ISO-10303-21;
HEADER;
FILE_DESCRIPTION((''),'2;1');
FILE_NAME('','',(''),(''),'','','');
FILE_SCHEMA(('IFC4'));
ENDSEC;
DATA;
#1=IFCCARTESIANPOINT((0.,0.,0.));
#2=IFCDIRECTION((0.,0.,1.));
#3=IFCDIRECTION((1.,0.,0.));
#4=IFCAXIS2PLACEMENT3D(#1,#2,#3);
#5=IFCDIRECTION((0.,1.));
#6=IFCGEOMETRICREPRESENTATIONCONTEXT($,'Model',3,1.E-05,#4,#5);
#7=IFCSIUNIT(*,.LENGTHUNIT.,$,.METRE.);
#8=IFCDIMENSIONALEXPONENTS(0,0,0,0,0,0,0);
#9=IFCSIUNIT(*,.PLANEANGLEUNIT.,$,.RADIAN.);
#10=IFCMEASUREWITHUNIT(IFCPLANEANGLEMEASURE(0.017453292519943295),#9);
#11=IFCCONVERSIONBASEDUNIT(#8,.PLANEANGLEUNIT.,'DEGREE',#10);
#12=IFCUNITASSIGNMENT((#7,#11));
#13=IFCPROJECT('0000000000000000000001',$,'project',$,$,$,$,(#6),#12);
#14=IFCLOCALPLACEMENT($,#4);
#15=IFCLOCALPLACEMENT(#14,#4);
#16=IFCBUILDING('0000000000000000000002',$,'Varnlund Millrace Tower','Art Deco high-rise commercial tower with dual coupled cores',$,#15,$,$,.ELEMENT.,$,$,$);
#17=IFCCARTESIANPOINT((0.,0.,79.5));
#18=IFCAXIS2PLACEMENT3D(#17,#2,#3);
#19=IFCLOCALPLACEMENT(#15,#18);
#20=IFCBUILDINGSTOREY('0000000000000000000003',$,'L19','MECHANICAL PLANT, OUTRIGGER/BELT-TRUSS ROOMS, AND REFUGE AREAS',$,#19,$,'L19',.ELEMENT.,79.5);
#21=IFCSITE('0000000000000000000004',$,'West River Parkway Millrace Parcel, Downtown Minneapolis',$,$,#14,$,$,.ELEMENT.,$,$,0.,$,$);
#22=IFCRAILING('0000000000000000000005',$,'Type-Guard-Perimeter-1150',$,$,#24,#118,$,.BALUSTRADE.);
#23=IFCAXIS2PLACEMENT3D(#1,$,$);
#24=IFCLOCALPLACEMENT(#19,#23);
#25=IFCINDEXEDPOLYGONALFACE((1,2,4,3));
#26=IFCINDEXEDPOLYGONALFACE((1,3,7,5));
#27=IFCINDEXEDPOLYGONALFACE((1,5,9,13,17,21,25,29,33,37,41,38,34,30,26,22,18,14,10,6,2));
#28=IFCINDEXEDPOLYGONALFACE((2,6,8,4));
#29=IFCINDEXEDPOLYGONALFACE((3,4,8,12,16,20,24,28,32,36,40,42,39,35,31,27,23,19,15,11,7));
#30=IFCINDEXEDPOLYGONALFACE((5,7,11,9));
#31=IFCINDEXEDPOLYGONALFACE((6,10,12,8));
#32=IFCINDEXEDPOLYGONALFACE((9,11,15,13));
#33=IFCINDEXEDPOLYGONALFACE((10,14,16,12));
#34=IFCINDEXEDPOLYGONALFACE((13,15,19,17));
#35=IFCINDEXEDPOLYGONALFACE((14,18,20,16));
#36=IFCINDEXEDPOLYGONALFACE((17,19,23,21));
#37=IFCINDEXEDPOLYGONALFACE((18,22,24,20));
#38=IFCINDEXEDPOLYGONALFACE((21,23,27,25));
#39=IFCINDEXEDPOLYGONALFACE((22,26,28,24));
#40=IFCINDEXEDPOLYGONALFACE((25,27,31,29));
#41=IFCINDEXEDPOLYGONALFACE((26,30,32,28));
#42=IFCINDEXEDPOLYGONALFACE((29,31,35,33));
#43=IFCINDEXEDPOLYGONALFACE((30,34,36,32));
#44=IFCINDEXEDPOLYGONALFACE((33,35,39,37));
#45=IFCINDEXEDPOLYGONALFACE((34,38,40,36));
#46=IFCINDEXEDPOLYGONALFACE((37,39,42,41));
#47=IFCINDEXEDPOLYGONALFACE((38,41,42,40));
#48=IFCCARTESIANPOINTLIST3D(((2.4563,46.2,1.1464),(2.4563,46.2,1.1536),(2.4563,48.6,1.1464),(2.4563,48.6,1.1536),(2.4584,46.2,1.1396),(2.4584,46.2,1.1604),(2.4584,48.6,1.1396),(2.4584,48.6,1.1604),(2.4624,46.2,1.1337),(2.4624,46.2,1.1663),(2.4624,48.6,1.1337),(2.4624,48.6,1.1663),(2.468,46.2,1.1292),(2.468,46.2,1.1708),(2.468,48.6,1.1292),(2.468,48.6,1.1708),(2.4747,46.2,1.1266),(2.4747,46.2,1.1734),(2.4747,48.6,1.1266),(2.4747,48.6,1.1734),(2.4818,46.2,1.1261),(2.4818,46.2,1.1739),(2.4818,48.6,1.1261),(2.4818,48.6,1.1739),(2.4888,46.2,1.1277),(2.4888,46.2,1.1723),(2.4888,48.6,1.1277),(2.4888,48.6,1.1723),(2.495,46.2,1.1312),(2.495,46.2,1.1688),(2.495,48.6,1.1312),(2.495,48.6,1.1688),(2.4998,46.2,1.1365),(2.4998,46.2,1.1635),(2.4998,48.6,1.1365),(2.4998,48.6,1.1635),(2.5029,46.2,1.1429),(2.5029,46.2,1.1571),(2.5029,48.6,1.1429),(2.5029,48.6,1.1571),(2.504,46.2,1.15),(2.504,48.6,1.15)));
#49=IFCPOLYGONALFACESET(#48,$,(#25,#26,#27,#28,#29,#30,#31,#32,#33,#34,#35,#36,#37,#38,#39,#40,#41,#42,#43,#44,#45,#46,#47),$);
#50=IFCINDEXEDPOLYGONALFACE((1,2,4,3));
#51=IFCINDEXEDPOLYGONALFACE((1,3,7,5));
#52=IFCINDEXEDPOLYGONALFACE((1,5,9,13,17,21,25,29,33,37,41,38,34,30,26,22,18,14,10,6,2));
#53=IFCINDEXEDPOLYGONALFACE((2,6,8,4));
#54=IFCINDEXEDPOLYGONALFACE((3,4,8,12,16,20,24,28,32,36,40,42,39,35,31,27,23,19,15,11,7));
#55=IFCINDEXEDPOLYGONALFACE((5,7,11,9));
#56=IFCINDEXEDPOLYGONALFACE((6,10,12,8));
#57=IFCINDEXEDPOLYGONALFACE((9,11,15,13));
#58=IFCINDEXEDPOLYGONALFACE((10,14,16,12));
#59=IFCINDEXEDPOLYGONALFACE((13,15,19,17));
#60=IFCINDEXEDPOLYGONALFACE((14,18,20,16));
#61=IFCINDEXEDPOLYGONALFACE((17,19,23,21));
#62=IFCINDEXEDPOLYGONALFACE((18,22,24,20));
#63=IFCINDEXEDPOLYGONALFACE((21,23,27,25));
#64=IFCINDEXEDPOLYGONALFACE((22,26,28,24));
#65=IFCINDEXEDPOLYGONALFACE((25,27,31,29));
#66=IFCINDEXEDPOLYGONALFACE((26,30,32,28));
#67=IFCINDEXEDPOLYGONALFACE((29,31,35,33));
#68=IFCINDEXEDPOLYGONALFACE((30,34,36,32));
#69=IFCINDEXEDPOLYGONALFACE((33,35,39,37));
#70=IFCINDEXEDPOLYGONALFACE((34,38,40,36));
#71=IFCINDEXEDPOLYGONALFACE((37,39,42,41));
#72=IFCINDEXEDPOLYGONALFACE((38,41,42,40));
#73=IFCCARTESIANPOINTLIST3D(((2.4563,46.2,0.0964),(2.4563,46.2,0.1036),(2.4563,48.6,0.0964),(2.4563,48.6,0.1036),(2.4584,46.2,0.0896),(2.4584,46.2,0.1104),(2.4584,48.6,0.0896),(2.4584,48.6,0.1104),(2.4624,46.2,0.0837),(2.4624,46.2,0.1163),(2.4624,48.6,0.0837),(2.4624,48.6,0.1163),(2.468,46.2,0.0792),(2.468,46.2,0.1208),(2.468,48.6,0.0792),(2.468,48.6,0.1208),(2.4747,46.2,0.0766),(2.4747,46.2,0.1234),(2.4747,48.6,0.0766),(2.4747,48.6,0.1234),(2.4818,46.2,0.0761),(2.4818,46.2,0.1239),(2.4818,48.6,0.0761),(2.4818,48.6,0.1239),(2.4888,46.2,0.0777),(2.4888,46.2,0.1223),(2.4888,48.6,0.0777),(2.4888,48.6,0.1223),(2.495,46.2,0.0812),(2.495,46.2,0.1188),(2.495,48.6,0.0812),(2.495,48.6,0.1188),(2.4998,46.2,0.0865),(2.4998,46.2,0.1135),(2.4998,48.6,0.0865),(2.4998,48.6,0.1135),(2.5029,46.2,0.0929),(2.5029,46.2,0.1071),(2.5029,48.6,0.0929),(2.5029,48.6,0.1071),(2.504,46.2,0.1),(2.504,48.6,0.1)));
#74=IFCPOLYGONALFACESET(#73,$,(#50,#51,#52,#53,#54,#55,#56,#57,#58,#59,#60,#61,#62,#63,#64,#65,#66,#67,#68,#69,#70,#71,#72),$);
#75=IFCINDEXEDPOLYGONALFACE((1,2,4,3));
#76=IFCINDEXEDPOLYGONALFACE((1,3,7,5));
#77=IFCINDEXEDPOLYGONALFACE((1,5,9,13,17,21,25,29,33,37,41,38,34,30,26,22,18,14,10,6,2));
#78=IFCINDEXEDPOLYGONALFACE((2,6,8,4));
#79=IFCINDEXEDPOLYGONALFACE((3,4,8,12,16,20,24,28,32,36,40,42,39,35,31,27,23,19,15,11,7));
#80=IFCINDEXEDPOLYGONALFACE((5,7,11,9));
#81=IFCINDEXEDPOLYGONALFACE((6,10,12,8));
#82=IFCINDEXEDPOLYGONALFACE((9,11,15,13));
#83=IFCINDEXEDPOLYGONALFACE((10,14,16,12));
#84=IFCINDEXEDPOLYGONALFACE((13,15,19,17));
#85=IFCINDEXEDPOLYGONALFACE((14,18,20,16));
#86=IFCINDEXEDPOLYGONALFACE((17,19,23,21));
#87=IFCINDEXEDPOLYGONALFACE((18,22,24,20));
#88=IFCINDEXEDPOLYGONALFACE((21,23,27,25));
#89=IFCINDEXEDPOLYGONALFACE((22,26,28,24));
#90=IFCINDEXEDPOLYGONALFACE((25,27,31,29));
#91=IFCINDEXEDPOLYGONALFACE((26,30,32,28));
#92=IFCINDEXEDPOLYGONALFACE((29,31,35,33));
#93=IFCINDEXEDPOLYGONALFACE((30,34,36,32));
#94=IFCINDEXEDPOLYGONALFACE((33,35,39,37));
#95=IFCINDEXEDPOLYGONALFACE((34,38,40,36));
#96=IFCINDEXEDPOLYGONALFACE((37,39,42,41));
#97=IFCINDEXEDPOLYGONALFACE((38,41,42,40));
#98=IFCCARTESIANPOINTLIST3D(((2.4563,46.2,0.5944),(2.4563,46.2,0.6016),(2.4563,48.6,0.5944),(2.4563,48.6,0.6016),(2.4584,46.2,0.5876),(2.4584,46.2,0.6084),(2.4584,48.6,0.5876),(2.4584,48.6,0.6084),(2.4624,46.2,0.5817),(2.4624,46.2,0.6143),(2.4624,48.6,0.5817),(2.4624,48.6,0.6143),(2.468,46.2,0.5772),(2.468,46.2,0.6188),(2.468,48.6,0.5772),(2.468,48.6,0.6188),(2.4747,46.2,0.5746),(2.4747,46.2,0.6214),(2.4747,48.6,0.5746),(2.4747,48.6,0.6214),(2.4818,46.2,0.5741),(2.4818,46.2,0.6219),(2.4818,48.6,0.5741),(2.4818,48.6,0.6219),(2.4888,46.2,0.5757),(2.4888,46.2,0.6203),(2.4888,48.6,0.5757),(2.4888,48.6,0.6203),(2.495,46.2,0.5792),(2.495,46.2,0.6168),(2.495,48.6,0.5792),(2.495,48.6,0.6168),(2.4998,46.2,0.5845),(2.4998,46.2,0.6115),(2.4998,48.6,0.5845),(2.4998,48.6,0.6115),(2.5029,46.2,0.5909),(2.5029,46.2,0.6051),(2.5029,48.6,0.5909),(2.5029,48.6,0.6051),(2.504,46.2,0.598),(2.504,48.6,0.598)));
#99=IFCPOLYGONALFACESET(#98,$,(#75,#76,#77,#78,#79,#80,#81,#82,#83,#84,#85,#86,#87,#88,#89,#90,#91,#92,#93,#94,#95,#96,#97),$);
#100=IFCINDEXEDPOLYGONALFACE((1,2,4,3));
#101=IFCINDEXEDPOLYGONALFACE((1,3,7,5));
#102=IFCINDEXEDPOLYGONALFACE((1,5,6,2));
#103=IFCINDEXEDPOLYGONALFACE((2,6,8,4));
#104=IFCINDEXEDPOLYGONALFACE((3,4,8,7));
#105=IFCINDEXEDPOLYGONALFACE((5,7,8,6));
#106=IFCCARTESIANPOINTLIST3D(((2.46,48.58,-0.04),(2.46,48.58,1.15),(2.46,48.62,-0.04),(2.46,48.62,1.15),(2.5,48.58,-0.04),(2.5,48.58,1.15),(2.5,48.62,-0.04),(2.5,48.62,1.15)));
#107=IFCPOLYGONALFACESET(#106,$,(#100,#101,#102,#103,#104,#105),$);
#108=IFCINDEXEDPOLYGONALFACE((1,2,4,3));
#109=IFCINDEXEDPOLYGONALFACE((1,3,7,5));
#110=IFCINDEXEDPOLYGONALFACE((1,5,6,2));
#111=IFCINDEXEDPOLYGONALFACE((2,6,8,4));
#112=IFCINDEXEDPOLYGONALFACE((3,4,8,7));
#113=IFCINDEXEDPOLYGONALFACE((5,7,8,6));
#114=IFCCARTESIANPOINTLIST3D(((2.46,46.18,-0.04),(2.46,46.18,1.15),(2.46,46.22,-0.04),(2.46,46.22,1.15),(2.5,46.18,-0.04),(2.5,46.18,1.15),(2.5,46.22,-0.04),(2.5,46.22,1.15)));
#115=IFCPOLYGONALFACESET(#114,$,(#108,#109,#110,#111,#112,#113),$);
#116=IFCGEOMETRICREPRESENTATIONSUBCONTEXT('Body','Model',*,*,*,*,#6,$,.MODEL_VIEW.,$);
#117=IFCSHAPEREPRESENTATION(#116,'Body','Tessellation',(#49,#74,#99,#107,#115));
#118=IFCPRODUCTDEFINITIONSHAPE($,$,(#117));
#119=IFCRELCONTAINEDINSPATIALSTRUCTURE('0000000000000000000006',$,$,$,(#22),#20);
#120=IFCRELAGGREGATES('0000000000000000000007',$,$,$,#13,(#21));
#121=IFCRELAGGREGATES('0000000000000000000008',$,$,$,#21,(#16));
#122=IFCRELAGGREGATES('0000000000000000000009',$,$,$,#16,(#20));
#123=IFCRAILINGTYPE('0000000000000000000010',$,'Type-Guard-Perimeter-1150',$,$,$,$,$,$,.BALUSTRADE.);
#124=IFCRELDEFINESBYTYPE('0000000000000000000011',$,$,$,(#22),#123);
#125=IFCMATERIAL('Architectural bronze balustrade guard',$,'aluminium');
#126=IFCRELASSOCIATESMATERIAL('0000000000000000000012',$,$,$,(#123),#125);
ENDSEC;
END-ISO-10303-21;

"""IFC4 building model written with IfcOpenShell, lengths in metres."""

from ifc_helpers import new_model, entity, si_unit, converted_unit, direction, frame, origin_with_axes, origin_2d_with_axis, place, context, subcontext, project, spatial, rectangle, circle, extrude, material, type_object, element, save


model = new_model("IFC4")

# Units and contexts
model_context = context("Model", 3, precision=1e-05, world=origin_with_axes(), true_north=direction((0.0, 1.0)))
body_context = subcontext(model_context, "Body", "Model", "MODEL_VIEW")
ifc_project = project(units=[si_unit("LENGTHUNIT", "METRE"), converted_unit("PLANEANGLEUNIT", "DEGREE", entity("IfcPlaneAngleMeasure", 0.017453292519943295), si_unit("PLANEANGLEUNIT", "RADIAN"), dimensions=[0, 0, 0, 0, 0, 0, 0])], contexts=[model_context])

# Site, building, storey
site_placement = place(None, origin_with_axes())
site = spatial("IfcSite", under=ifc_project, at=site_placement, Name="West River Parkway Millrace Parcel, Downtown Minneapolis", CompositionType="ELEMENT", RefElevation=0.0)
building_placement = place(site_placement, origin_with_axes())
building = spatial("IfcBuilding", under=site, at=building_placement, Name="Varnlund Millrace Tower", Description="Art Deco high-rise commercial tower with dual coupled cores", CompositionType="ELEMENT")
storey_placement = place(building_placement, frame((0.0, 0.0, 79.5), z_axis=(0.0, 0.0, 1.0), x_axis=(1.0, 0.0, 0.0)))
storey = spatial("IfcBuildingStorey", under=building, at=storey_placement, Name="L19", Description="MECHANICAL PLANT, OUTRIGGER/BELT-TRUSS ROOMS, AND REFUGE AREAS", LongName="L19", CompositionType="ELEMENT", Elevation=79.5)

# Railing
ifc_material_1 = material(Name="Architectural bronze balustrade guard", Category="aluminium")
railing_type_1 = type_object("IfcRailingType", Name="Type-Guard-Perimeter-1150", PredefinedType="BALUSTRADE", material=ifc_material_1)
railing_1_placement = place(storey_placement, frame((0.0, 0.0, -79.5), z_axis=(0.0, 0.0, 1.0), x_axis=(1.0, 0.0, 0.0)))
element("IfcRailing", 1, at=railing_1_placement, inside=storey, type_object=railing_type_1, Name="Type-Guard-Perimeter-1150", PredefinedType="BALUSTRADE", context=body_context, shape_type="SweptSolid", body=[
    extrude(circle(Radius=0.024, at=origin_2d_with_axis()), frame((2.48, 48.6, 80.65), z_axis=(0.0, -1.0, 0.0), x_axis=(1.0, 0.0, 0.0)), (0.0, 0.0, 1.0), 2.4),
    extrude(circle(Radius=0.024, at=origin_2d_with_axis()), frame((2.48, 48.6, 79.6), z_axis=(0.0, -1.0, 0.0), x_axis=(1.0, 0.0, 0.0)), (0.0, 0.0, 1.0), 2.4),
    extrude(circle(Radius=0.024, at=origin_2d_with_axis()), frame((2.48, 48.6, 80.098), z_axis=(0.0, -1.0, 0.0), x_axis=(1.0, 0.0, 0.0)), (0.0, 0.0, 1.0), 2.4),
    extrude(rectangle(XDim=0.04, YDim=0.04, at=origin_2d_with_axis()), frame((2.48, 48.6, 79.46), z_axis=(0.0, 0.0, 1.0), x_axis=(1.0, 0.0, 0.0)), (0.0, 0.0, 1.0), 1.19),
    extrude(rectangle(XDim=0.04, YDim=0.04, at=origin_2d_with_axis()), frame((2.48, 46.2, 79.46), z_axis=(0.0, 0.0, 1.0), x_axis=(1.0, 0.0, 0.0)), (0.0, 0.0, 1.0), 1.19),
])

save(model, "model.ifc")
